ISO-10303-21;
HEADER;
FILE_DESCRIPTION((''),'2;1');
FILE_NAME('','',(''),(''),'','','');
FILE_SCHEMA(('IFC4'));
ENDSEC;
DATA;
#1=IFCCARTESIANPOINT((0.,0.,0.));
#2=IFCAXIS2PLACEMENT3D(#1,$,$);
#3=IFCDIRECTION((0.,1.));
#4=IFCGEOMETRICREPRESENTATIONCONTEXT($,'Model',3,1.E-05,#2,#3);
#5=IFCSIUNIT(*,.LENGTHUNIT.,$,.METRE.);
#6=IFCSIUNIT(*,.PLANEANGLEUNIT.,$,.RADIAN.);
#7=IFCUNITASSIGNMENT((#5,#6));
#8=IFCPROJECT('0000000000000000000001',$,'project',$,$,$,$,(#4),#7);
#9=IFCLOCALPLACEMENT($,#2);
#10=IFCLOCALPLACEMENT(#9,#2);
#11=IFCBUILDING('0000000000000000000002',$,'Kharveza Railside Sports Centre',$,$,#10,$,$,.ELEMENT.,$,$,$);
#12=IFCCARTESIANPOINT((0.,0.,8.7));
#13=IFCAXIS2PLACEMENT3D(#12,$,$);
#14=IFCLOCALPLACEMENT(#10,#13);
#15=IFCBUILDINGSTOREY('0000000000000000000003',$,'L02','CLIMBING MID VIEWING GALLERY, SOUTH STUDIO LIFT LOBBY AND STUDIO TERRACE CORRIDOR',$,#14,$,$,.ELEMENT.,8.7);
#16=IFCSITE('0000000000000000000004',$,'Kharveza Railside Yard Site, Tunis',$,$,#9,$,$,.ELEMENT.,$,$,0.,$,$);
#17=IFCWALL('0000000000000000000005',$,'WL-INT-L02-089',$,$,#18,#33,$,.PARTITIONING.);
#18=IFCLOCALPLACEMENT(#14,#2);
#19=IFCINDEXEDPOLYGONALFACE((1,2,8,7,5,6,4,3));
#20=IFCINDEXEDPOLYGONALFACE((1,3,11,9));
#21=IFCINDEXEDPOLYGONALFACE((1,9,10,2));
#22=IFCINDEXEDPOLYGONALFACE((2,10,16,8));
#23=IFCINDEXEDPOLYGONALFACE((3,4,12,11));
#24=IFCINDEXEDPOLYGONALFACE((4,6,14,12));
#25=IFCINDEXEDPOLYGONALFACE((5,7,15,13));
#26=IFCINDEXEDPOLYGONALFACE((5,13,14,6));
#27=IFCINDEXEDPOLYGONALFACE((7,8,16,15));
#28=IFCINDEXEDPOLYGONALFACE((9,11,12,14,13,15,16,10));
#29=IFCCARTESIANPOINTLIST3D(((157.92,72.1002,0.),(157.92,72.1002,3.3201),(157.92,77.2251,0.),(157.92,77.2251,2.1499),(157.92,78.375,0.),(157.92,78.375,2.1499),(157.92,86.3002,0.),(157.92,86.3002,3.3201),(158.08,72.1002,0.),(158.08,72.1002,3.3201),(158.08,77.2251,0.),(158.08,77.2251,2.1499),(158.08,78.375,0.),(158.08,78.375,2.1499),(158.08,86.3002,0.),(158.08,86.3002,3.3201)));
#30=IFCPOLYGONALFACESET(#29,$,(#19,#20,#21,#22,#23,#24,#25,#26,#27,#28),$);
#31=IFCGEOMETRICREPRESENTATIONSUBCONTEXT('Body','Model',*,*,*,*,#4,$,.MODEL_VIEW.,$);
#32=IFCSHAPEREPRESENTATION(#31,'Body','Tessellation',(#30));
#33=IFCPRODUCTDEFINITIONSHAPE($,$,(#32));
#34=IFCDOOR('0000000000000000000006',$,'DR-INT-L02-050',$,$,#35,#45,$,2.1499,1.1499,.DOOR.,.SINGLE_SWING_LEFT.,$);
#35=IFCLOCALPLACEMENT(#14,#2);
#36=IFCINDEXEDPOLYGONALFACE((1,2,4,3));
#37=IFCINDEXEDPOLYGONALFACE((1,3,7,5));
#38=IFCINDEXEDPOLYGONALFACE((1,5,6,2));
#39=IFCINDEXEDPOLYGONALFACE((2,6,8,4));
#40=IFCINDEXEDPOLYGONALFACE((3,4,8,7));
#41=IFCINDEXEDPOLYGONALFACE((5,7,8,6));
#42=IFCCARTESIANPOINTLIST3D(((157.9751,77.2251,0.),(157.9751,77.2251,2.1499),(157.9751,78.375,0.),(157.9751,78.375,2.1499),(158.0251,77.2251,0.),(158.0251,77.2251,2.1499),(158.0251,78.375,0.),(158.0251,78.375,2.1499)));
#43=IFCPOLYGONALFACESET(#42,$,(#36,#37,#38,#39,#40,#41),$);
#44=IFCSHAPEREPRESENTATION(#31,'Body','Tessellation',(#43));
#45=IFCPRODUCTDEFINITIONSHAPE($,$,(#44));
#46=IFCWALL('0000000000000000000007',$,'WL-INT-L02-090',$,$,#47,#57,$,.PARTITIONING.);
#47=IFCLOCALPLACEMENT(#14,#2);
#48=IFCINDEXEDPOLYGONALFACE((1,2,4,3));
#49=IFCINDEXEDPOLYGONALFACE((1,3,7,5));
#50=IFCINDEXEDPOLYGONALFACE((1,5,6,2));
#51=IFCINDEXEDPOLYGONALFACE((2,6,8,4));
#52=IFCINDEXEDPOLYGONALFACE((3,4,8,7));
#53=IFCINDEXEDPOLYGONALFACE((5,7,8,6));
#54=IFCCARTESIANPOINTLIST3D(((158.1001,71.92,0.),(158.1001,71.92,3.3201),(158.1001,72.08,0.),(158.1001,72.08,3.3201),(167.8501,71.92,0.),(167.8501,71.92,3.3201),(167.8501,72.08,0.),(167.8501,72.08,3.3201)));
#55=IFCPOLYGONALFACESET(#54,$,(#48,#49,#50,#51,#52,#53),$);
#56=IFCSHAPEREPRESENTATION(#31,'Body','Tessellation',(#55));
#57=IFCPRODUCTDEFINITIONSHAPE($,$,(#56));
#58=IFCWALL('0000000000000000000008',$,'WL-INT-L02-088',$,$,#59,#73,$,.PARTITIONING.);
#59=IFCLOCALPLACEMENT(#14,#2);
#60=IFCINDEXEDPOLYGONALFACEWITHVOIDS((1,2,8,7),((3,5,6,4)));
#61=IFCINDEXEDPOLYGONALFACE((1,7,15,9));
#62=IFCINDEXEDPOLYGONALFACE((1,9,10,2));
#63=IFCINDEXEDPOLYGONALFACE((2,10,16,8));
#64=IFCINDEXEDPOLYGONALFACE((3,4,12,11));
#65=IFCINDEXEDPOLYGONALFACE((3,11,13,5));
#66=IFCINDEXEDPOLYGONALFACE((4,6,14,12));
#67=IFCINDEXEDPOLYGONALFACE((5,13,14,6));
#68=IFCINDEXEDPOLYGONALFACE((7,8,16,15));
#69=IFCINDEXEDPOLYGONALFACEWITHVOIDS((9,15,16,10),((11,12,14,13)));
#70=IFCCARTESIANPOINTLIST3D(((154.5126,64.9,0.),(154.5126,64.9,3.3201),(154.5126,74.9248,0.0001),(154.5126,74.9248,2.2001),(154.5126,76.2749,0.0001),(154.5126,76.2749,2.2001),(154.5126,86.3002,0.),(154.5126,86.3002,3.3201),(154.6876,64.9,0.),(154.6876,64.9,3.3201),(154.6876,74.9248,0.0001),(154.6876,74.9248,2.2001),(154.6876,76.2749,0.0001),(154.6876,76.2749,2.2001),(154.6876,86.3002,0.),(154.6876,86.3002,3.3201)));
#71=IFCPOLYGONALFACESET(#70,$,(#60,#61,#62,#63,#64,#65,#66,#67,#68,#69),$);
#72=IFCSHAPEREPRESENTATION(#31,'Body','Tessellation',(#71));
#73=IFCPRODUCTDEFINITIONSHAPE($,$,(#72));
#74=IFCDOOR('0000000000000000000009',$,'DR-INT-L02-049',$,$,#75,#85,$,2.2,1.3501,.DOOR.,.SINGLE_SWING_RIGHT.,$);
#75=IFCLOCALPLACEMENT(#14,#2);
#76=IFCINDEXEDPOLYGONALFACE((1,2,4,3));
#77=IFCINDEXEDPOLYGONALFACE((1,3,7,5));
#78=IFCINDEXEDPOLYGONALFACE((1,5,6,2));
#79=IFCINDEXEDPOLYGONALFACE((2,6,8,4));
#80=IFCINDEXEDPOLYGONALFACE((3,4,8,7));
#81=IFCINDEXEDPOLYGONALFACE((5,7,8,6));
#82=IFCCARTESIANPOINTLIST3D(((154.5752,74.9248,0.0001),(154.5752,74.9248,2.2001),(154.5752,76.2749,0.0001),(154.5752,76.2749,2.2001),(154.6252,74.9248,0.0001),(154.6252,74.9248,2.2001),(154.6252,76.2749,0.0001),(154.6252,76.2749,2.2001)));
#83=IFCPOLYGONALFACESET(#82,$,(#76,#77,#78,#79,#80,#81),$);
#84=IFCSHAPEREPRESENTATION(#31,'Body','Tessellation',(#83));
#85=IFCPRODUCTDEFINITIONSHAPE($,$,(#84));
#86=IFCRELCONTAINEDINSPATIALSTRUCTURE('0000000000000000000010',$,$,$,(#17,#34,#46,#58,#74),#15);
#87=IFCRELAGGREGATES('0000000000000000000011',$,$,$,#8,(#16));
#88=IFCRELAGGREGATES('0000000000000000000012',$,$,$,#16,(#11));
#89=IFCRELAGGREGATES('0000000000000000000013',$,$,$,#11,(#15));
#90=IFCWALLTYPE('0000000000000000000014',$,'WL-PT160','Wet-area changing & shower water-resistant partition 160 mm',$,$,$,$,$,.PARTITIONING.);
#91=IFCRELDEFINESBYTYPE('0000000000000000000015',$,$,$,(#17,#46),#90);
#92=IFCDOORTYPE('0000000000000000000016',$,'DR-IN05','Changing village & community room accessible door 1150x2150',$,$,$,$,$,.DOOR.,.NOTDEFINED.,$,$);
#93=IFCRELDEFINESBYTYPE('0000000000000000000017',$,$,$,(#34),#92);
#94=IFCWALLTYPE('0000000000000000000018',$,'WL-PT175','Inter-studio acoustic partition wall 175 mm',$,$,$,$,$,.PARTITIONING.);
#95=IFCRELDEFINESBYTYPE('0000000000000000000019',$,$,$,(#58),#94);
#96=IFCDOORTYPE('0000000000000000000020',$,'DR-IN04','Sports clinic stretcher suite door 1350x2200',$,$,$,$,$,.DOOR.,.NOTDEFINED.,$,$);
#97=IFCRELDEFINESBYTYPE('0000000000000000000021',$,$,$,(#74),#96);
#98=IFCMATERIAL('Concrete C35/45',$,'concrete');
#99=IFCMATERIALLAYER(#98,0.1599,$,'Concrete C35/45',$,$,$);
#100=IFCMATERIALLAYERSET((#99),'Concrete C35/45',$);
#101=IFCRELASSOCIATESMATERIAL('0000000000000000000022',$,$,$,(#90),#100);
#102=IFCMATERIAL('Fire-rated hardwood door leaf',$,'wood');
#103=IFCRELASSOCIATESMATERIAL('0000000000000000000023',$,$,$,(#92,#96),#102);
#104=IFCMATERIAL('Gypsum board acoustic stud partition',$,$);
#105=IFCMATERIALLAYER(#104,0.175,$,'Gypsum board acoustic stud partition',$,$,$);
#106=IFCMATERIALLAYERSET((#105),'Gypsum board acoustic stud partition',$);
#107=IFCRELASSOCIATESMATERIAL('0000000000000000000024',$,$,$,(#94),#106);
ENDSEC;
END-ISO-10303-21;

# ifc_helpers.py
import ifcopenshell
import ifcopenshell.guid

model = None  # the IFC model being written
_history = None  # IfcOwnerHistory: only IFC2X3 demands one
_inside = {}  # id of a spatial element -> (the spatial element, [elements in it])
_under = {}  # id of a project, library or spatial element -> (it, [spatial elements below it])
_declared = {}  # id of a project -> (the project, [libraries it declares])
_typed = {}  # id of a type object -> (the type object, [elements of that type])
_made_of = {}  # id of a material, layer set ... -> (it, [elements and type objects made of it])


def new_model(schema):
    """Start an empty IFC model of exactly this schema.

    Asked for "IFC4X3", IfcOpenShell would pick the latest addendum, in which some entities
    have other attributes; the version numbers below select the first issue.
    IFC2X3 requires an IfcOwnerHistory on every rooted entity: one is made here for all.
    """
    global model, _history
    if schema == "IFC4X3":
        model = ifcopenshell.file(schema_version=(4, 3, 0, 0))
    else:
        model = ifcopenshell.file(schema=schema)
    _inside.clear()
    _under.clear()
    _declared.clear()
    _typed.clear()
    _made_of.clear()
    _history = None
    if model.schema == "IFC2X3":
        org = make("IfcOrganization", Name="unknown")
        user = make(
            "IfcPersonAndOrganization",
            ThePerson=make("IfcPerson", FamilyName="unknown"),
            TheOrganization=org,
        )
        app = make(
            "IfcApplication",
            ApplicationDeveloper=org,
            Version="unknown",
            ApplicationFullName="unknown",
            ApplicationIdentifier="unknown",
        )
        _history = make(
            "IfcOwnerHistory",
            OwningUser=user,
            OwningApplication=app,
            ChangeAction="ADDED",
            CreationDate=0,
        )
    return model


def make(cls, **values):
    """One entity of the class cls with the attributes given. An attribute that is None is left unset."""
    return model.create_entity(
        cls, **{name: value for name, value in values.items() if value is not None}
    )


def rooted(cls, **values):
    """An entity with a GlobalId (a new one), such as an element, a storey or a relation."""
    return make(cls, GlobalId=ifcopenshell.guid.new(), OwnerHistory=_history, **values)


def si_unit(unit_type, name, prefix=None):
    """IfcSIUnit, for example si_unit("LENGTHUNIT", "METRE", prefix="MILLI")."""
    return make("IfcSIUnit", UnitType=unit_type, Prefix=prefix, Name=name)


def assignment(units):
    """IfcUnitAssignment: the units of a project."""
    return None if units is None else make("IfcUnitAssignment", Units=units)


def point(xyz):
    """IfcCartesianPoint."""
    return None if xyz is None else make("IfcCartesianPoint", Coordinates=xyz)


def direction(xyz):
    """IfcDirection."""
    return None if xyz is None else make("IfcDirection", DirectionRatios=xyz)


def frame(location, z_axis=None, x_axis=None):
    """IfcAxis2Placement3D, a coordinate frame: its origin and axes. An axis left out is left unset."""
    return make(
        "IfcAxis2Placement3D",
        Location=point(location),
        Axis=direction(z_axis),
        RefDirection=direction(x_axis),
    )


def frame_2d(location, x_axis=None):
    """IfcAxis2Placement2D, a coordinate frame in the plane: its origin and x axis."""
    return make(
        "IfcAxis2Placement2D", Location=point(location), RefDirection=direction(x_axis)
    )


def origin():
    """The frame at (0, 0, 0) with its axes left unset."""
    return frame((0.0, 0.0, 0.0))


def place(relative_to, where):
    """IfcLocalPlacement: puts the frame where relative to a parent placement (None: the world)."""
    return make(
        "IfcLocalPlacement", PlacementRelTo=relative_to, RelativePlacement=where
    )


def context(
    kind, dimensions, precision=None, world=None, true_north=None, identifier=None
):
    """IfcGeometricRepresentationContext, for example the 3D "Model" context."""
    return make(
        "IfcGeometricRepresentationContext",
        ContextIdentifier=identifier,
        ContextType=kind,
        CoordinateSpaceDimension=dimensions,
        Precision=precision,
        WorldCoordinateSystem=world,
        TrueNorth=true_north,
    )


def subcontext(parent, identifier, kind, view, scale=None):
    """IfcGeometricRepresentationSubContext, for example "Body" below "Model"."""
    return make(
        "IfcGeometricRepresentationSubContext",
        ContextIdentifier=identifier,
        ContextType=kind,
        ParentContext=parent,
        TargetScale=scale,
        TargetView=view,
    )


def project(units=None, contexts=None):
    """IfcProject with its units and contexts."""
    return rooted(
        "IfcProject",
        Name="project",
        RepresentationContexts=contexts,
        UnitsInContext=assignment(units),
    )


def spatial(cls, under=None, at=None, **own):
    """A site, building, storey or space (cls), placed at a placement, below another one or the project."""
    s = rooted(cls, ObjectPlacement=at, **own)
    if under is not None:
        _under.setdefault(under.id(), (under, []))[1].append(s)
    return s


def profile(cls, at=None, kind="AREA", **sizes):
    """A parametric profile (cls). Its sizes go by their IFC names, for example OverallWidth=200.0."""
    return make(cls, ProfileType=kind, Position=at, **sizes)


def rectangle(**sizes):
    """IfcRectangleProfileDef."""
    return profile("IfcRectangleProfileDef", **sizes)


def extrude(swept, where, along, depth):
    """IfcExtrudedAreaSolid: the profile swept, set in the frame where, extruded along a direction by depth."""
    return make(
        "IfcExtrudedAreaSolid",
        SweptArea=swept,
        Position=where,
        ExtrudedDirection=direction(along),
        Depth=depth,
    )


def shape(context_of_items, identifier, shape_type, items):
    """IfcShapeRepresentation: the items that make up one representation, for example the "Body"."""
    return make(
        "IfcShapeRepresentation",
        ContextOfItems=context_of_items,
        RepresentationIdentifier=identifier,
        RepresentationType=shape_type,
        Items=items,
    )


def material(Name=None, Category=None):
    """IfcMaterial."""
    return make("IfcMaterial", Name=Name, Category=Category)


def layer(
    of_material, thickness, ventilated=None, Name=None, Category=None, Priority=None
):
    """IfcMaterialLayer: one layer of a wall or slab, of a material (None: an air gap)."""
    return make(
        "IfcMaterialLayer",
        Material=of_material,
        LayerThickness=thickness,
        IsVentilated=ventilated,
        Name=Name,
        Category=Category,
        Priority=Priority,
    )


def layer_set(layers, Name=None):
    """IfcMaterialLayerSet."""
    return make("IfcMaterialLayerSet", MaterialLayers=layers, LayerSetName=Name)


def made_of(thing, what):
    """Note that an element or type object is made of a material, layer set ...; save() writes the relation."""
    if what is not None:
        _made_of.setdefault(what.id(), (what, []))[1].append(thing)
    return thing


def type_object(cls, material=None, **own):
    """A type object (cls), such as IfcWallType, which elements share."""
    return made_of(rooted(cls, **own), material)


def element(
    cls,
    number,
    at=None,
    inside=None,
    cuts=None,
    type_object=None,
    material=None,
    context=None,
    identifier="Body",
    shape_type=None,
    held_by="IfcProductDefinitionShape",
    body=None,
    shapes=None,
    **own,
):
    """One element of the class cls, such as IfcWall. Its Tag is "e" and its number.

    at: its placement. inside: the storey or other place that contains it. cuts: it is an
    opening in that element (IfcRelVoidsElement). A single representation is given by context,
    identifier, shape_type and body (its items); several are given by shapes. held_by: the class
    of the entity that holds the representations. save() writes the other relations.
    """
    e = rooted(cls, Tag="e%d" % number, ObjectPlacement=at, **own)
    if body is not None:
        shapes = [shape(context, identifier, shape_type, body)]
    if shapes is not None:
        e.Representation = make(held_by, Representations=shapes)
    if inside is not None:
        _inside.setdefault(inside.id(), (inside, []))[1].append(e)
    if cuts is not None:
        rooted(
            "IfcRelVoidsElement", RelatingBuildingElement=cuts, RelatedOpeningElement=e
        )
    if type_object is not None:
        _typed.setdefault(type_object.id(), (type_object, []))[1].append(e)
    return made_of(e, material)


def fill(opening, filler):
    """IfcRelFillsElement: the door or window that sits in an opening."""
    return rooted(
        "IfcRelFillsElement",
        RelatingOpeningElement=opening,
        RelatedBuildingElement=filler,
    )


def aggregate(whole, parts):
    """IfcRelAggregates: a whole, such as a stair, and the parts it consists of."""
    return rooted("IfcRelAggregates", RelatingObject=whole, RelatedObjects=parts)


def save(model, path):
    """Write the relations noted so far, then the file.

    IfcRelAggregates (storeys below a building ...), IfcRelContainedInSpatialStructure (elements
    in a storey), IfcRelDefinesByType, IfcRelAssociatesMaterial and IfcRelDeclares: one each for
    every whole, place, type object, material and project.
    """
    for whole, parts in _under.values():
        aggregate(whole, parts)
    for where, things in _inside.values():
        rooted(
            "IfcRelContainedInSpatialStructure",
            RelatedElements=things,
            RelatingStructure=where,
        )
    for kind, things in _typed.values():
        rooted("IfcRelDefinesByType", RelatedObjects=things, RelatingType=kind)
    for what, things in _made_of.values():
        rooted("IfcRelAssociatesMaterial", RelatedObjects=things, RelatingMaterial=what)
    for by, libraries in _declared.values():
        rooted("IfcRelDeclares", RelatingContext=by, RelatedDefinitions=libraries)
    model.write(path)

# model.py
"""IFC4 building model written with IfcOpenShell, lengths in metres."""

from ifc_helpers import new_model, si_unit, direction, frame, frame_2d, origin, place, context, subcontext, project, spatial, rectangle, extrude, material, layer, layer_set, type_object, element, fill, save


model = new_model("IFC4")

# Units and contexts
model_context = context("Model", 3, precision=1e-05, world=origin(), true_north=direction((0.0, 1.0)))
body_context = subcontext(model_context, "Body", "Model", "MODEL_VIEW")
ifc_project = project(units=[si_unit("LENGTHUNIT", "METRE"), si_unit("PLANEANGLEUNIT", "RADIAN")], contexts=[model_context])

# Site, building, storey
site_placement = place(None, origin())
site = spatial("IfcSite", under=ifc_project, at=site_placement, Name="Kharveza Railside Yard Site, Tunis", CompositionType="ELEMENT", RefElevation=0.0)
building_placement = place(site_placement, origin())
building = spatial("IfcBuilding", under=site, at=building_placement, Name="Kharveza Railside Sports Centre", CompositionType="ELEMENT")
storey_placement = place(building_placement, frame((0.0, 0.0, 8.7)))
storey = spatial("IfcBuildingStorey", under=building, at=storey_placement, Name="L02", Description="CLIMBING MID VIEWING GALLERY, SOUTH STUDIO LIFT LOBBY AND STUDIO TERRACE CORRIDOR", CompositionType="ELEMENT", Elevation=8.7)

# Wall, opening, door
ifc_material_1 = material(Name="Concrete C35/45", Category="concrete")
ifc_layer_1 = layer(ifc_material_1, 0.1599, Name="Concrete C35/45")
ifc_layer_set_1 = layer_set([ifc_layer_1], Name="Concrete C35/45")
wall_type_1 = type_object("IfcWallType", Name="WL-PT160", Description="Wet-area changing & shower water-resistant partition 160 mm", PredefinedType="PARTITIONING", material=ifc_layer_set_1)
wall_1_placement = place(storey_placement, frame((158.0, 72.1001, 0.0), z_axis=(0.0, 0.0, 1.0), x_axis=(0.0, 1.0, 0.0)))
wall_1 = element("IfcWall", 1, at=wall_1_placement, inside=storey, type_object=wall_type_1, Name="WL-INT-L02-089", PredefinedType="PARTITIONING", context=body_context, shape_type="SweptSolid", body=[
    extrude(rectangle(XDim=14.2, YDim=0.1599, at=frame_2d((7.1001, 0.0))), origin(), (0.0, 0.0, 1.0), 3.3201),
])
opening_1_placement = place(wall_1_placement, frame((5.125, 0.0, 0.0)))
opening_1 = element("IfcOpeningElement", 2, at=opening_1_placement, cuts=wall_1, PredefinedType="OPENING", context=body_context, shape_type="SweptSolid", body=[
    extrude(rectangle(XDim=1.1499, YDim=2.1499, at=frame_2d((0.575, 1.075))), frame((0.0, 0.105, 0.0), z_axis=(0.0, -1.0, 0.0), x_axis=(1.0, 0.0, 0.0)), (0.0, 0.0, 1.0), 0.2097),
])
ifc_material_2 = material(Name="Fire-rated hardwood door leaf", Category="wood")
door_type_1 = type_object("IfcDoorType", Name="DR-IN05", Description="Changing village & community room accessible door 1150x2150", OperationType="NOTDEFINED", PredefinedType="DOOR", material=ifc_material_2)
door_1_placement = place(opening_1_placement, origin())
door_1 = element("IfcDoor", 3, at=door_1_placement, inside=storey, type_object=door_type_1, Name="DR-INT-L02-050", OperationType="SINGLE_SWING_LEFT", OverallHeight=2.1499, OverallWidth=1.1499, PredefinedType="DOOR", context=body_context, shape_type="SweptSolid", body=[
    extrude(rectangle(XDim=1.1499, YDim=2.1499, at=frame_2d((0.575, 1.075))), frame((0.0, 0.0249, 0.0), z_axis=(0.0, -1.0, 0.0), x_axis=(1.0, 0.0, 0.0)), (0.0, 0.0, 1.0), 0.05),
])
fill(opening_1, door_1)

# Wall
wall_2_placement = place(storey_placement, frame((158.1001, 72.0, 0.0), z_axis=(0.0, 0.0, 1.0), x_axis=(1.0, 0.0, 0.0)))
element("IfcWall", 4, at=wall_2_placement, inside=storey, type_object=wall_type_1, Name="WL-INT-L02-090", PredefinedType="PARTITIONING", context=body_context, shape_type="SweptSolid", body=[
    extrude(rectangle(XDim=9.75, YDim=0.1599, at=frame_2d((4.875, 0.0))), origin(), (0.0, 0.0, 1.0), 3.3201),
])

# Wall, opening, door
ifc_material_3 = material(Name="Gypsum board acoustic stud partition")
ifc_layer_2 = layer(ifc_material_3, 0.175, Name="Gypsum board acoustic stud partition")
ifc_layer_set_2 = layer_set([ifc_layer_2], Name="Gypsum board acoustic stud partition")
wall_type_2 = type_object("IfcWallType", Name="WL-PT175", Description="Inter-studio acoustic partition wall 175 mm", PredefinedType="PARTITIONING", material=ifc_layer_set_2)
wall_3_placement = place(storey_placement, frame((154.6001, 64.8999, 0.0), z_axis=(0.0, 0.0, 1.0), x_axis=(0.0, 1.0, 0.0)))
wall_3 = element("IfcWall", 5, at=wall_3_placement, inside=storey, type_object=wall_type_2, Name="WL-INT-L02-088", PredefinedType="PARTITIONING", context=body_context, shape_type="SweptSolid", body=[
    extrude(rectangle(XDim=21.4001, YDim=0.175, at=frame_2d((10.7002, 0.0))), origin(), (0.0, 0.0, 1.0), 3.3201),
])
opening_2_placement = place(wall_3_placement, frame((10.0249, 0.0, 0.0)))
opening_2 = element("IfcOpeningElement", 6, at=opening_2_placement, cuts=wall_3, PredefinedType="OPENING", context=body_context, shape_type="SweptSolid", body=[
    extrude(rectangle(XDim=1.3501, YDim=2.2, at=frame_2d((0.675, 1.1001))), frame((0.0, 0.1123, 0.0), z_axis=(0.0, -1.0, 0.0), x_axis=(1.0, 0.0, 0.0)), (0.0, 0.0, 1.0), 0.2249),
])
door_type_2 = type_object("IfcDoorType", Name="DR-IN04", Description="Sports clinic stretcher suite door 1350x2200", OperationType="NOTDEFINED", PredefinedType="DOOR", material=ifc_material_2)
door_2_placement = place(opening_2_placement, origin())
door_2 = element("IfcDoor", 7, at=door_2_placement, inside=storey, type_object=door_type_2, Name="DR-INT-L02-049", OperationType="SINGLE_SWING_RIGHT", OverallHeight=2.2, OverallWidth=1.3501, PredefinedType="DOOR", context=body_context, shape_type="SweptSolid", body=[
    extrude(rectangle(XDim=1.3501, YDim=2.2, at=frame_2d((0.675, 1.1001))), frame((0.0, 0.0249, 0.0), z_axis=(0.0, -1.0, 0.0), x_axis=(1.0, 0.0, 0.0)), (0.0, 0.0, 1.0), 0.05),
])
fill(opening_2, door_2)

save(model, "model.ifc")
